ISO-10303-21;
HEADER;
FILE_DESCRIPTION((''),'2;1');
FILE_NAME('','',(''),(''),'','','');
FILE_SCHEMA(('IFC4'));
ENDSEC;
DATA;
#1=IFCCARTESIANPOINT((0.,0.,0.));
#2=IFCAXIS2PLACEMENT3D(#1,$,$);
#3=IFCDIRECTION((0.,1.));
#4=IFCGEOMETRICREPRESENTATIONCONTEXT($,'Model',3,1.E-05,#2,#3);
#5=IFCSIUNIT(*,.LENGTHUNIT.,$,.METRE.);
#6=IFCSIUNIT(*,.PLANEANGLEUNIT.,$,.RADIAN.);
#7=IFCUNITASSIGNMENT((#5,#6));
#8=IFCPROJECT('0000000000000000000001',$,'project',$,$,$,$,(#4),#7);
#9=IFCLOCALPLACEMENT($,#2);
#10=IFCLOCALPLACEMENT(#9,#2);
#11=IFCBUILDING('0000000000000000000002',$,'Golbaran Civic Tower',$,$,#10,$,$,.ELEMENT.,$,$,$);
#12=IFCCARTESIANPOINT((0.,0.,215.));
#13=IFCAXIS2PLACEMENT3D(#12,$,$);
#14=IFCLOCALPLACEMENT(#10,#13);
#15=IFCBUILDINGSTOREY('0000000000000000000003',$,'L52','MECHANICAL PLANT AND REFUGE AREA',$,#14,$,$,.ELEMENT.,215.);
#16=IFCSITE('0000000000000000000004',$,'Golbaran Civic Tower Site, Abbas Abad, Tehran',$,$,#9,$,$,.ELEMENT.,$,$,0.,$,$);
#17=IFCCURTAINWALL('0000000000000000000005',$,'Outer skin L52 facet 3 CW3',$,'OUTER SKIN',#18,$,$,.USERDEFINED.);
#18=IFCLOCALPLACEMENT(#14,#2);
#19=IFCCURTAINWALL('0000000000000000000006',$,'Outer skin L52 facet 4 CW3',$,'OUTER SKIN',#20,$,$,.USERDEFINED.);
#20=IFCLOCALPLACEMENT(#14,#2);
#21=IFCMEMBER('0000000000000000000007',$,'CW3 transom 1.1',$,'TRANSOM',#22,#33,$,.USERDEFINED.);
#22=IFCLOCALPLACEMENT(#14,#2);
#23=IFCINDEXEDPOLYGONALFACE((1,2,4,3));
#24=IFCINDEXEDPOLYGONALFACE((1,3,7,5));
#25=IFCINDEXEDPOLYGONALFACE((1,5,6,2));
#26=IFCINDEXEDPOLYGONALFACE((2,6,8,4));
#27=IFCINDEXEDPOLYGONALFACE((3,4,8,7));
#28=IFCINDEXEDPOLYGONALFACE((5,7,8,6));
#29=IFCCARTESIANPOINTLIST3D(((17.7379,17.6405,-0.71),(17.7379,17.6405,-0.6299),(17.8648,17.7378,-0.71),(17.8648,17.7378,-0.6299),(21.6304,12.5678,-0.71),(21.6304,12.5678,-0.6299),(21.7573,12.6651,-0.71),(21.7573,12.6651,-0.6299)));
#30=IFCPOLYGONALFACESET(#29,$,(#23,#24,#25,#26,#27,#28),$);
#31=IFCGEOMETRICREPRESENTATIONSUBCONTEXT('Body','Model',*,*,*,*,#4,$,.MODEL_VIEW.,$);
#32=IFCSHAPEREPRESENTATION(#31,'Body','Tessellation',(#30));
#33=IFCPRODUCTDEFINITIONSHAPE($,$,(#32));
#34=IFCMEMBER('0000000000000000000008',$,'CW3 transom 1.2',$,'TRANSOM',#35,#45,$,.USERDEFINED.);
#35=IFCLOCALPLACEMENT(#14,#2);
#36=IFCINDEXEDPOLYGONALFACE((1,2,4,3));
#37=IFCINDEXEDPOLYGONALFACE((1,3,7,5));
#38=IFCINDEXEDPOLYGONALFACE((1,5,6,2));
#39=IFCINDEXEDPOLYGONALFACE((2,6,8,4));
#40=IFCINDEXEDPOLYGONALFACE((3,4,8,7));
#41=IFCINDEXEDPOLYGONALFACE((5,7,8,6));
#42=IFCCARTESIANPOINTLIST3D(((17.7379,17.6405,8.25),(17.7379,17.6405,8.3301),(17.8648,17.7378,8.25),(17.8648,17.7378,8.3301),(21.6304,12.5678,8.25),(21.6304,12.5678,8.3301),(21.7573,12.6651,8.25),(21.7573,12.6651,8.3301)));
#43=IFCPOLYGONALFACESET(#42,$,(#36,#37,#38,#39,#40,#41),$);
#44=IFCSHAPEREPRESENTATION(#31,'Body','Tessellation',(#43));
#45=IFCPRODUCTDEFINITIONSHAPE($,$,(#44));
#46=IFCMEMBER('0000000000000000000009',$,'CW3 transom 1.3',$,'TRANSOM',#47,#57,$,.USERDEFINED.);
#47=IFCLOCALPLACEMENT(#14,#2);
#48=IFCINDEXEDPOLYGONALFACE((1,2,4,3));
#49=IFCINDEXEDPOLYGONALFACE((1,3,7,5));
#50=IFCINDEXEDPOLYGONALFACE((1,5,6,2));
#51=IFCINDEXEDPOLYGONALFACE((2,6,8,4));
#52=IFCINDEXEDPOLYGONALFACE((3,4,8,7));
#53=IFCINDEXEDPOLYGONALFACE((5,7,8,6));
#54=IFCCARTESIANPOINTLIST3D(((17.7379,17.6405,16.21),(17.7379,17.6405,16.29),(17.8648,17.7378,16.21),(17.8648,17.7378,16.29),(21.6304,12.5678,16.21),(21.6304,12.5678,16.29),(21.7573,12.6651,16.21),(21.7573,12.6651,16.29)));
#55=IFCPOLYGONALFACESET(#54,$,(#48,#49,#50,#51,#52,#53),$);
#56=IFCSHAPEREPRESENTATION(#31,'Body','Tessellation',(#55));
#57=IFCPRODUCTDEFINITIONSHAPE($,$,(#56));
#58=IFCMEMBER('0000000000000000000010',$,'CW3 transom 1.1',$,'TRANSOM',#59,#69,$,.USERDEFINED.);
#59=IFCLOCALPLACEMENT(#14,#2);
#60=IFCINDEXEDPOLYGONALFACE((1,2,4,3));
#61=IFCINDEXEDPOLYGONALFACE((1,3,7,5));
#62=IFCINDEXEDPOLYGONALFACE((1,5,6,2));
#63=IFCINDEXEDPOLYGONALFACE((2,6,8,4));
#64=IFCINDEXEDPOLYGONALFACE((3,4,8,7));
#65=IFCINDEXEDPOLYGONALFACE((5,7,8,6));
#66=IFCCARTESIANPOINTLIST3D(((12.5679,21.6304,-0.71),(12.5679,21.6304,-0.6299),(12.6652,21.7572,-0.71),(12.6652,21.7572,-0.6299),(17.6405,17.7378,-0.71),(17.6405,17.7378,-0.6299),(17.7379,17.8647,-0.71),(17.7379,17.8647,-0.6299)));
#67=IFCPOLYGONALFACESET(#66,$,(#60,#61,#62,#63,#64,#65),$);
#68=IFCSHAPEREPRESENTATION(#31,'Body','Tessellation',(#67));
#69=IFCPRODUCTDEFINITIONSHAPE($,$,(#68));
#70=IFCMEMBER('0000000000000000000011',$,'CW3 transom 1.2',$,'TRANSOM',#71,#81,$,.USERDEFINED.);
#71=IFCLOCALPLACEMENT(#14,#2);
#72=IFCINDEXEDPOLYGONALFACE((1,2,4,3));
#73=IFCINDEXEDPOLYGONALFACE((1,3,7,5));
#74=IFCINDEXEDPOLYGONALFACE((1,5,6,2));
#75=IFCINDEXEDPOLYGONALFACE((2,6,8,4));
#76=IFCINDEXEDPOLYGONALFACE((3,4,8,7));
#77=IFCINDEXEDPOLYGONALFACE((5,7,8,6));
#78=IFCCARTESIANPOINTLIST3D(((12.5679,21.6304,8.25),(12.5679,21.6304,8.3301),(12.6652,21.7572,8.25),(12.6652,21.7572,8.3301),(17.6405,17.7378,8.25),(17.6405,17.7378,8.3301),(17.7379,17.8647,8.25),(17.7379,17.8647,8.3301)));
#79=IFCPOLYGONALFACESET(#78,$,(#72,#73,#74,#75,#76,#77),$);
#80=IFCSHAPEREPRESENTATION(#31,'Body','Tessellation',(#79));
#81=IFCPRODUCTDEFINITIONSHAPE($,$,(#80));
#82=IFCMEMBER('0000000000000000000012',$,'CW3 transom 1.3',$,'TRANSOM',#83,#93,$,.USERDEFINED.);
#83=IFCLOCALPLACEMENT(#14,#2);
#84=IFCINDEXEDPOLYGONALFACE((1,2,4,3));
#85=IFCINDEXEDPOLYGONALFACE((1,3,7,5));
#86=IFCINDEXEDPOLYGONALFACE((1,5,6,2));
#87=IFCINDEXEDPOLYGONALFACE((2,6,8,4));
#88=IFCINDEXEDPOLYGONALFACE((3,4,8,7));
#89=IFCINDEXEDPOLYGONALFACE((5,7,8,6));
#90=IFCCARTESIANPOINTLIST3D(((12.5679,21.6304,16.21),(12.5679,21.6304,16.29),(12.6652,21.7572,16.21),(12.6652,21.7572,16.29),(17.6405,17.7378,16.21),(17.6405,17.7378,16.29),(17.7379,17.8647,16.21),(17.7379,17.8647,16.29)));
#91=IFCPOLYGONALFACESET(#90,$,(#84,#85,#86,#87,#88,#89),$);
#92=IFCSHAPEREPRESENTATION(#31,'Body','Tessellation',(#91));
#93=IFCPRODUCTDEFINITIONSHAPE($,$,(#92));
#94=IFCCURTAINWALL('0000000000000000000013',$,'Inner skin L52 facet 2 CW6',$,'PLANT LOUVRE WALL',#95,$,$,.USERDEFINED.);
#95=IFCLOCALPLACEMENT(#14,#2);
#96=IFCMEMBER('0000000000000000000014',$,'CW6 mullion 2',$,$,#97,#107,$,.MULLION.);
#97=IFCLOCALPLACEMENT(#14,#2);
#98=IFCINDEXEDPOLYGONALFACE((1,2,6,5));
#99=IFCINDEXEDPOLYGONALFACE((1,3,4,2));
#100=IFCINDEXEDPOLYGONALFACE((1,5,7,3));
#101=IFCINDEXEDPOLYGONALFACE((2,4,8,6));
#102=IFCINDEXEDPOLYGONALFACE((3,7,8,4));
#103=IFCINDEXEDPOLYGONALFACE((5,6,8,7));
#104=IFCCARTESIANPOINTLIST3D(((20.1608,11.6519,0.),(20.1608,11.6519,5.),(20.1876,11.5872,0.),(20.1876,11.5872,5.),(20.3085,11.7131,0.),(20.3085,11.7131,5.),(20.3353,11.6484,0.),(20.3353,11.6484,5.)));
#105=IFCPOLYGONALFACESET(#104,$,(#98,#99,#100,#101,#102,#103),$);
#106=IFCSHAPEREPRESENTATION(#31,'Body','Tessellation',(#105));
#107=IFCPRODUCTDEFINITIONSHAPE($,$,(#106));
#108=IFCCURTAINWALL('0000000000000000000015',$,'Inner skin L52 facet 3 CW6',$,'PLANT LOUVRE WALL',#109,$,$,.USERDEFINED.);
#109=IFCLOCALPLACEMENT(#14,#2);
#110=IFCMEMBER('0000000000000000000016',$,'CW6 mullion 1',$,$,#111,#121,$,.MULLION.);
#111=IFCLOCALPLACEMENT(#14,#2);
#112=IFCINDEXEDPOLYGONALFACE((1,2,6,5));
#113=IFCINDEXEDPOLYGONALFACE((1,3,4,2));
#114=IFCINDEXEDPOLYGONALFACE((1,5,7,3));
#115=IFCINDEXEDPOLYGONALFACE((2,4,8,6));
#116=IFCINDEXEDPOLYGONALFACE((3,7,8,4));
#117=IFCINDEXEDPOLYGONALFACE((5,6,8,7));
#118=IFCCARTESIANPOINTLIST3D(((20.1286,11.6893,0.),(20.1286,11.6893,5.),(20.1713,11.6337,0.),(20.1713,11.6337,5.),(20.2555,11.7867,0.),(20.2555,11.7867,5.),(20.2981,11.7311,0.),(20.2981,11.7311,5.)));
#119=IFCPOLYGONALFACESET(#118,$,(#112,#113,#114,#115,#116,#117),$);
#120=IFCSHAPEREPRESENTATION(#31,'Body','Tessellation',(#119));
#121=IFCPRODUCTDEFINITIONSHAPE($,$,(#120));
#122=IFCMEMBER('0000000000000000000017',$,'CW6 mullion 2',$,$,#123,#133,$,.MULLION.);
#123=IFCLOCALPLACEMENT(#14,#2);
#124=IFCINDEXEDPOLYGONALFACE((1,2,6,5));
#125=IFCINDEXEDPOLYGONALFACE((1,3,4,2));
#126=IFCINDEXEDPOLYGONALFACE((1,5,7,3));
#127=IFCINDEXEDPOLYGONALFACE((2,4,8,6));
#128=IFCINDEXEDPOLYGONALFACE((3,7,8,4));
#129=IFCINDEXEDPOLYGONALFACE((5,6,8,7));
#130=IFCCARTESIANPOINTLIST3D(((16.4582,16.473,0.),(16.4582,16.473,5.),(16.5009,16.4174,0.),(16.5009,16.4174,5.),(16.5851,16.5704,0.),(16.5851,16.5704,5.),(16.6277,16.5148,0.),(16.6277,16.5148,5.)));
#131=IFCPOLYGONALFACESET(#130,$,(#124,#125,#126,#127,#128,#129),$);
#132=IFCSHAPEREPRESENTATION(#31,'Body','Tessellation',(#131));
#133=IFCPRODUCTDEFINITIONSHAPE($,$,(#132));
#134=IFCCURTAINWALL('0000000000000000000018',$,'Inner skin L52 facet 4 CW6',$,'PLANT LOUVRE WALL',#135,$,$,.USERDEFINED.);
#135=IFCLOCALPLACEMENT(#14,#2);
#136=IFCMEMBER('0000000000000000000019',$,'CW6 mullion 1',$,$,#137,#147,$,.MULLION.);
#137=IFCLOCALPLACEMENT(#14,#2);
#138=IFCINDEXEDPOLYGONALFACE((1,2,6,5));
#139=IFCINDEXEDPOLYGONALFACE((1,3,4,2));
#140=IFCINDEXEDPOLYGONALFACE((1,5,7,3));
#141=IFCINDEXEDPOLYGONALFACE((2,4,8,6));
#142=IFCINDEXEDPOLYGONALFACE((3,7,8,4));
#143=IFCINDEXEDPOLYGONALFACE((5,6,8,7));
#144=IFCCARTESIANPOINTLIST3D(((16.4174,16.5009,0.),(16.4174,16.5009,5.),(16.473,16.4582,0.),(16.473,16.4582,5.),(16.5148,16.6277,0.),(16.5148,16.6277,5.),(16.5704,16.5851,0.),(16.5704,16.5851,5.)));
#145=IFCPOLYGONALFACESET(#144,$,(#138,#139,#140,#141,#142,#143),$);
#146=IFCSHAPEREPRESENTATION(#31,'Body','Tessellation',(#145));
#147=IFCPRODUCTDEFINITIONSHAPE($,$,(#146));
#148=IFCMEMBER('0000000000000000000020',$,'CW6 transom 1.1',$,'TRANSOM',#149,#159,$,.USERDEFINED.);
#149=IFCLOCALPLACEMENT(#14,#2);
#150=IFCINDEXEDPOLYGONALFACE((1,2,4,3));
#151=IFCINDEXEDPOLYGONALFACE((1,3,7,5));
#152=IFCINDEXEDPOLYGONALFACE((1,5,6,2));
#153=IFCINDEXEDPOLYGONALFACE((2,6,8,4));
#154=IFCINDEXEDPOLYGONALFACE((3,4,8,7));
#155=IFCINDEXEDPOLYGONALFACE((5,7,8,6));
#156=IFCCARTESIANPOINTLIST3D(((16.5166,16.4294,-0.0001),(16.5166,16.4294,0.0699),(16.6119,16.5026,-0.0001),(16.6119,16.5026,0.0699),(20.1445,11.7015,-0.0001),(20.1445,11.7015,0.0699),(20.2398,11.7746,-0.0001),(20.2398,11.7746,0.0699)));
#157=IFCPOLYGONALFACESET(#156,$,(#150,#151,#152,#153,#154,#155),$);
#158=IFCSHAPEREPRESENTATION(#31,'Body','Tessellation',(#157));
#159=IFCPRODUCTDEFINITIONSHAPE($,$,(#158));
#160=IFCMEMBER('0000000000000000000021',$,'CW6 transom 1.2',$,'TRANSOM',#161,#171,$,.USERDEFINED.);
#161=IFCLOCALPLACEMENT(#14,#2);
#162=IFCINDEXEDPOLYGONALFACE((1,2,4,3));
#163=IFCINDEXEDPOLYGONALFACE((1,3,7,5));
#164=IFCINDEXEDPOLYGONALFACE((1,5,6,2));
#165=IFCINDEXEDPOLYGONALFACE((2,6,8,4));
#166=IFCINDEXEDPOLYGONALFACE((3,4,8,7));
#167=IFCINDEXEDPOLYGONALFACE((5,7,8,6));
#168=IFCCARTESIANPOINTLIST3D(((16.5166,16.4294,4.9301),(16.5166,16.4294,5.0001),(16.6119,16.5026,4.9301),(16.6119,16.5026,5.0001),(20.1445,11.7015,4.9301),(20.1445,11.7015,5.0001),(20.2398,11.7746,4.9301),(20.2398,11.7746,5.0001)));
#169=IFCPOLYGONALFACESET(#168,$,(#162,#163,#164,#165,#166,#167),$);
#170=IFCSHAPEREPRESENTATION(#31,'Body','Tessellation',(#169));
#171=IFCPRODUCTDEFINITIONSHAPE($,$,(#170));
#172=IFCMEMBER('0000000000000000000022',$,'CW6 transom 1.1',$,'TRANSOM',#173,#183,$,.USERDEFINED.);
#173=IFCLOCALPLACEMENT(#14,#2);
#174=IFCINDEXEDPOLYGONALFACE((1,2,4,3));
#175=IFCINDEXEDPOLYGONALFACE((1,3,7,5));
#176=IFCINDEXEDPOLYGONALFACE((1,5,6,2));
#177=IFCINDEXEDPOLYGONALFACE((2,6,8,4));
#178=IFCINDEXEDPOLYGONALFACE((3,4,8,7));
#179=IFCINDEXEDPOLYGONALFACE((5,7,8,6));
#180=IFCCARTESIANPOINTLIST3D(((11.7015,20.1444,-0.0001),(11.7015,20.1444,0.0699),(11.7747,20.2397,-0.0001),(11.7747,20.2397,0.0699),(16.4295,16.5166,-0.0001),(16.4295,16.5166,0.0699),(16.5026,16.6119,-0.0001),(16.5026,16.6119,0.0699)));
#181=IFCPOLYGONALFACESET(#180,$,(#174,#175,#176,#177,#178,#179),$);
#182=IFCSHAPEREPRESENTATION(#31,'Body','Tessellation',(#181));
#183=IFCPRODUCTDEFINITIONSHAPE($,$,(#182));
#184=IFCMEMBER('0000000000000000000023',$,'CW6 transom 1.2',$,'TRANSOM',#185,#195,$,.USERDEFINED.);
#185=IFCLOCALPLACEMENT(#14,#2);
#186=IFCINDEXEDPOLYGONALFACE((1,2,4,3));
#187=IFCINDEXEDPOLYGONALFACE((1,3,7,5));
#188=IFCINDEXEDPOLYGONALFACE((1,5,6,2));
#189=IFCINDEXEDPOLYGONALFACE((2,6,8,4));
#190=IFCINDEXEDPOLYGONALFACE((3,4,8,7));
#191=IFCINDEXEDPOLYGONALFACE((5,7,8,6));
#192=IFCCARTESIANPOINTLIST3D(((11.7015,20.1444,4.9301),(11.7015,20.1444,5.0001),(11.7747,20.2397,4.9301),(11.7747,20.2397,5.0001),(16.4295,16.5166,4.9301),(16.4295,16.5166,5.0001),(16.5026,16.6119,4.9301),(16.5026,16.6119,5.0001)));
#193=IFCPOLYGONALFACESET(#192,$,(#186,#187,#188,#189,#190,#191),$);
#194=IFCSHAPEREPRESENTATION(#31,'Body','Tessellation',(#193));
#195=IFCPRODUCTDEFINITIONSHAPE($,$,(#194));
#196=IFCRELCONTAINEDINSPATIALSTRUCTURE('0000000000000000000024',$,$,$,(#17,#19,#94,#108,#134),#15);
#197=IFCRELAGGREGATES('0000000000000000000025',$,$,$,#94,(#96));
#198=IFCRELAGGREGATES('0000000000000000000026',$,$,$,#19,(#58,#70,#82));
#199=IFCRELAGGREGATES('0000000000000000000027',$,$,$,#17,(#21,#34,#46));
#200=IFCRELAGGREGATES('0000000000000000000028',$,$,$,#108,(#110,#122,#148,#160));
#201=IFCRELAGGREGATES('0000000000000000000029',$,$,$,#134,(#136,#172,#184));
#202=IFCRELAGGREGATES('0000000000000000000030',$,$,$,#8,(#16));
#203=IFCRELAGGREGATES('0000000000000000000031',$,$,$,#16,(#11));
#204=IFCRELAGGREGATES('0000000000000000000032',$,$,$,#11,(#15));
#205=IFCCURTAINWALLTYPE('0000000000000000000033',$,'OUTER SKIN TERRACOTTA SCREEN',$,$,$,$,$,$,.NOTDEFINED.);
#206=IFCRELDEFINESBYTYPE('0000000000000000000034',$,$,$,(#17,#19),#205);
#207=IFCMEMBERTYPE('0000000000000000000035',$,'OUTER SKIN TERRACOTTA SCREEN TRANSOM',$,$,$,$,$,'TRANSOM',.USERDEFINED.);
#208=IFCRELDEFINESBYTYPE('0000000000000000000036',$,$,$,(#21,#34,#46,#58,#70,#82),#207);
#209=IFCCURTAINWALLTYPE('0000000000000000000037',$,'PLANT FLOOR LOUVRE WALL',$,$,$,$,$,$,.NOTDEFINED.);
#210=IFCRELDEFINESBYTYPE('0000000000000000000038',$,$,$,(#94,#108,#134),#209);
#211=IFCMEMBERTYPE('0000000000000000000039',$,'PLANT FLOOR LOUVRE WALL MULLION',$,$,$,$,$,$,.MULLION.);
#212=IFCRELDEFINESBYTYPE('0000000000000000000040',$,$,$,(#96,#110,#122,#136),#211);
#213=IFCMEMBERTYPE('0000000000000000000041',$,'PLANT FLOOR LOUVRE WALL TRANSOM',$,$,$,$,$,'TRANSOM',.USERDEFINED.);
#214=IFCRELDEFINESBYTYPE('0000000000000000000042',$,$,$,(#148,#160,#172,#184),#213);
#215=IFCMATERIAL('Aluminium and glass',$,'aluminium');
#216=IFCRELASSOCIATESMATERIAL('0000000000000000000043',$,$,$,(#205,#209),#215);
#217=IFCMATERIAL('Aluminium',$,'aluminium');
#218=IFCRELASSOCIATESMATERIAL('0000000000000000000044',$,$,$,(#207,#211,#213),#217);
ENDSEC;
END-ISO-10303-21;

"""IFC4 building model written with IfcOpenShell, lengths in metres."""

from ifc_helpers import new_model, si_unit, direction, frame, origin, origin_2d, place, context, subcontext, project, spatial, rectangle, extrude, material, material_profile, profile_set, type_object, element, aggregate, save


model = new_model("IFC4")

# Units and contexts
model_context = context("Model", 3, precision=1e-05, world=origin(), true_north=direction((0.0, 1.0)))
body_context = subcontext(model_context, "Body", "Model", "MODEL_VIEW")
ifc_project = project(units=[si_unit("LENGTHUNIT", "METRE"), si_unit("PLANEANGLEUNIT", "RADIAN")], contexts=[model_context])

# Site, building, storey
site_placement = place(None, origin())
site = spatial("IfcSite", under=ifc_project, at=site_placement, Name="Golbaran Civic Tower Site, Abbas Abad, Tehran", CompositionType="ELEMENT", RefElevation=0.0)
building_placement = place(site_placement, origin())
building = spatial("IfcBuilding", under=site, at=building_placement, Name="Golbaran Civic Tower", CompositionType="ELEMENT")
storey_placement = place(building_placement, frame((0.0, 0.0, 215.0)))
storey = spatial("IfcBuildingStorey", under=building, at=storey_placement, Name="L52", Description="MECHANICAL PLANT AND REFUGE AREA", CompositionType="ELEMENT", Elevation=215.0)

# Shared definitions
ifc_material_1 = material(Name="Aluminium and glass", Category="aluminium")
curtain_wall_type_1 = type_object("IfcCurtainWallType", Name="OUTER SKIN TERRACOTTA SCREEN", PredefinedType="NOTDEFINED", material=ifc_material_1)
ifc_material_2 = material(Name="Aluminium", Category="aluminium")

# Curtain wall
curtain_wall_1_placement = place(storey_placement, origin())
curtain_wall_1 = element("IfcCurtainWall", 1, at=curtain_wall_1_placement, inside=storey, type_object=curtain_wall_type_1, Name="Outer skin L52 facet 3 CW3", ObjectType="OUTER SKIN", PredefinedType="USERDEFINED")

# Curtain wall
curtain_wall_2_placement = place(storey_placement, origin())
curtain_wall_2 = element("IfcCurtainWall", 2, at=curtain_wall_2_placement, inside=storey, type_object=curtain_wall_type_1, Name="Outer skin L52 facet 4 CW3", ObjectType="OUTER SKIN", PredefinedType="USERDEFINED")

# Members
ifc_material_profile_1 = material_profile(ifc_material_2, rectangle(XDim=0.1599, YDim=0.0801, at=origin_2d()), Name="OUTER SKIN TERRACOTTA SCREEN TRANSOM")
ifc_profile_set_1 = profile_set([ifc_material_profile_1], Name="Aluminium")
member_type_1 = type_object("IfcMemberType", Name="OUTER SKIN TERRACOTTA SCREEN TRANSOM", ElementType="TRANSOM", PredefinedType="USERDEFINED", material=ifc_profile_set_1)
member_1_placement = place(storey_placement, frame((21.6938, 12.6165, -0.6699), z_axis=(-0.608773, 0.793344, 0.0), x_axis=(-0.793344, -0.608773, 0.0)))
member_1 = element("IfcMember", 3, at=member_1_placement, type_object=member_type_1, Name="CW3 transom 1.1", ObjectType="TRANSOM", PredefinedType="USERDEFINED", context=body_context, shape_type="SweptSolid", body=[
    extrude(rectangle(XDim=0.1599, YDim=0.0801, at=origin_2d()), origin(), (0.0, 0.0, 1.0), 6.394),
])
member_2_placement = place(storey_placement, frame((21.6938, 12.6165, 8.29), z_axis=(-0.608773, 0.793344, 0.0), x_axis=(-0.793344, -0.608773, 0.0)))
member_2 = element("IfcMember", 4, at=member_2_placement, type_object=member_type_1, Name="CW3 transom 1.2", ObjectType="TRANSOM", PredefinedType="USERDEFINED", context=body_context, shape_type="SweptSolid", body=[
    extrude(rectangle(XDim=0.1599, YDim=0.0801, at=origin_2d()), origin(), (0.0, 0.0, 1.0), 6.394),
])
member_3_placement = place(storey_placement, frame((21.6938, 12.6165, 16.25), z_axis=(-0.608773, 0.793344, 0.0), x_axis=(-0.793344, -0.608773, 0.0)))
member_3 = element("IfcMember", 5, at=member_3_placement, type_object=member_type_1, Name="CW3 transom 1.3", ObjectType="TRANSOM", PredefinedType="USERDEFINED", context=body_context, shape_type="SweptSolid", body=[
    extrude(rectangle(XDim=0.1599, YDim=0.0801, at=origin_2d()), origin(), (0.0, 0.0, 1.0), 6.394),
])
member_4_placement = place(storey_placement, frame((17.6892, 17.8013, -0.6699), z_axis=(-0.793344, 0.608773, 0.0), x_axis=(-0.608773, -0.793344, 0.0)))
member_4 = element("IfcMember", 6, at=member_4_placement, type_object=member_type_1, Name="CW3 transom 1.1", ObjectType="TRANSOM", PredefinedType="USERDEFINED", context=body_context, shape_type="SweptSolid", body=[
    extrude(rectangle(XDim=0.1599, YDim=0.0801, at=origin_2d()), origin(), (0.0, 0.0, 1.0), 6.394),
])
member_5_placement = place(storey_placement, frame((17.6892, 17.8013, 8.29), z_axis=(-0.793344, 0.608773, 0.0), x_axis=(-0.608773, -0.793344, 0.0)))
member_5 = element("IfcMember", 7, at=member_5_placement, type_object=member_type_1, Name="CW3 transom 1.2", ObjectType="TRANSOM", PredefinedType="USERDEFINED", context=body_context, shape_type="SweptSolid", body=[
    extrude(rectangle(XDim=0.1599, YDim=0.0801, at=origin_2d()), origin(), (0.0, 0.0, 1.0), 6.394),
])
member_6_placement = place(storey_placement, frame((17.6892, 17.8013, 16.25), z_axis=(-0.793344, 0.608773, 0.0), x_axis=(-0.608773, -0.793344, 0.0)))
member_6 = element("IfcMember", 8, at=member_6_placement, type_object=member_type_1, Name="CW3 transom 1.3", ObjectType="TRANSOM", PredefinedType="USERDEFINED", context=body_context, shape_type="SweptSolid", body=[
    extrude(rectangle(XDim=0.1599, YDim=0.0801, at=origin_2d()), origin(), (0.0, 0.0, 1.0), 6.394),
])

# Curtain wall, member
curtain_wall_type_2 = type_object("IfcCurtainWallType", Name="PLANT FLOOR LOUVRE WALL", PredefinedType="NOTDEFINED", material=ifc_material_1)
curtain_wall_3_placement = place(storey_placement, origin())
curtain_wall_3 = element("IfcCurtainWall", 9, at=curtain_wall_3_placement, inside=storey, type_object=curtain_wall_type_2, Name="Inner skin L52 facet 2 CW6", ObjectType="PLANT LOUVRE WALL", PredefinedType="USERDEFINED")
ifc_material_profile_2 = material_profile(ifc_material_2, rectangle(XDim=0.1599, YDim=0.0701, at=origin_2d()), Name="PLANT FLOOR LOUVRE WALL MULLION")
ifc_profile_set_2 = profile_set([ifc_material_profile_2], Name="Aluminium")
member_type_2 = type_object("IfcMemberType", Name="PLANT FLOOR LOUVRE WALL MULLION", PredefinedType="MULLION", material=ifc_profile_set_2)
member_7_placement = place(storey_placement, frame((20.248, 11.6501, 0.0), z_axis=(0.0, 0.0, 1.0), x_axis=(-0.92388, -0.382683, 0.0)))
member_7 = element("IfcMember", 10, at=member_7_placement, type_object=member_type_2, Name="CW6 mullion 2", PredefinedType="MULLION", context=body_context, shape_type="SweptSolid", body=[
    extrude(rectangle(XDim=0.1599, YDim=0.0701, at=origin_2d()), origin(), (0.0, 0.0, 1.0), 5.0),
])
aggregate(curtain_wall_3, [member_7])

# Curtain wall, members
curtain_wall_4_placement = place(storey_placement, origin())
curtain_wall_4 = element("IfcCurtainWall", 11, at=curtain_wall_4_placement, inside=storey, type_object=curtain_wall_type_2, Name="Inner skin L52 facet 3 CW6", ObjectType="PLANT LOUVRE WALL", PredefinedType="USERDEFINED")
member_8_placement = place(storey_placement, frame((20.2134, 11.7102, 0.0), z_axis=(0.0, 0.0, 1.0), x_axis=(-0.793353, -0.608761, 0.0)))
member_8 = element("IfcMember", 12, at=member_8_placement, type_object=member_type_2, Name="CW6 mullion 1", PredefinedType="MULLION", context=body_context, shape_type="SweptSolid", body=[
    extrude(rectangle(XDim=0.1599, YDim=0.0701, at=origin_2d()), origin(), (0.0, 0.0, 1.0), 5.0),
])
member_9_placement = place(storey_placement, frame((16.543, 16.4939, 0.0), z_axis=(0.0, 0.0, 1.0), x_axis=(-0.793353, -0.608761, 0.0)))
member_9 = element("IfcMember", 13, at=member_9_placement, type_object=member_type_2, Name="CW6 mullion 2", PredefinedType="MULLION", context=body_context, shape_type="SweptSolid", body=[
    extrude(rectangle(XDim=0.1599, YDim=0.0701, at=origin_2d()), origin(), (0.0, 0.0, 1.0), 5.0),
])

# Curtain wall, member
curtain_wall_5_placement = place(storey_placement, origin())
curtain_wall_5 = element("IfcCurtainWall", 14, at=curtain_wall_5_placement, inside=storey, type_object=curtain_wall_type_2, Name="Inner skin L52 facet 4 CW6", ObjectType="PLANT LOUVRE WALL", PredefinedType="USERDEFINED")
member_10_placement = place(storey_placement, frame((16.4939, 16.543, 0.0), z_axis=(0.0, 0.0, 1.0), x_axis=(-0.608761, -0.793353, 0.0)))
member_10 = element("IfcMember", 15, at=member_10_placement, type_object=member_type_2, Name="CW6 mullion 1", PredefinedType="MULLION", context=body_context, shape_type="SweptSolid", body=[
    extrude(rectangle(XDim=0.1599, YDim=0.0701, at=origin_2d()), origin(), (0.0, 0.0, 1.0), 5.0),
])

# Members
ifc_material_profile_3 = material_profile(ifc_material_2, rectangle(XDim=0.1201, YDim=0.0701, at=origin_2d()), Name="PLANT FLOOR LOUVRE WALL TRANSOM")
ifc_profile_set_3 = profile_set([ifc_material_profile_3], Name="Aluminium")
member_type_3 = type_object("IfcMemberType", Name="PLANT FLOOR LOUVRE WALL TRANSOM", ElementType="TRANSOM", PredefinedType="USERDEFINED", material=ifc_profile_set_3)
member_11_placement = place(storey_placement, frame((20.1921, 11.738, 0.0349), z_axis=(-0.60876, 0.793354, 0.0), x_axis=(-0.793354, -0.60876, 0.0)))
member_11 = element("IfcMember", 16, at=member_11_placement, type_object=member_type_3, Name="CW6 transom 1.1", ObjectType="TRANSOM", PredefinedType="USERDEFINED", context=body_context, shape_type="SweptSolid", body=[
    extrude(rectangle(XDim=0.1201, YDim=0.0701, at=origin_2d()), origin(), (0.0, 0.0, 1.0), 5.9595),
])
member_12_placement = place(storey_placement, frame((20.1921, 11.738, 4.9651), z_axis=(-0.60876, 0.793354, 0.0), x_axis=(-0.793354, -0.60876, 0.0)))
member_12 = element("IfcMember", 17, at=member_12_placement, type_object=member_type_3, Name="CW6 transom 1.2", ObjectType="TRANSOM", PredefinedType="USERDEFINED", context=body_context, shape_type="SweptSolid", body=[
    extrude(rectangle(XDim=0.1201, YDim=0.0701, at=origin_2d()), origin(), (0.0, 0.0, 1.0), 5.9595),
])
member_13_placement = place(storey_placement, frame((16.4661, 16.5642, 0.0349), z_axis=(-0.793354, 0.60876, 0.0), x_axis=(-0.60876, -0.793354, 0.0)))
member_13 = element("IfcMember", 18, at=member_13_placement, type_object=member_type_3, Name="CW6 transom 1.1", ObjectType="TRANSOM", PredefinedType="USERDEFINED", context=body_context, shape_type="SweptSolid", body=[
    extrude(rectangle(XDim=0.1201, YDim=0.0701, at=origin_2d()), origin(), (0.0, 0.0, 1.0), 5.9595),
])
member_14_placement = place(storey_placement, frame((16.4661, 16.5642, 4.9651), z_axis=(-0.793354, 0.60876, 0.0), x_axis=(-0.60876, -0.793354, 0.0)))
member_14 = element("IfcMember", 19, at=member_14_placement, type_object=member_type_3, Name="CW6 transom 1.2", ObjectType="TRANSOM", PredefinedType="USERDEFINED", context=body_context, shape_type="SweptSolid", body=[
    extrude(rectangle(XDim=0.1201, YDim=0.0701, at=origin_2d()), origin(), (0.0, 0.0, 1.0), 5.9595),
])

aggregate(curtain_wall_2, [member_4, member_5, member_6])
aggregate(curtain_wall_1, [member_1, member_2, member_3])
aggregate(curtain_wall_4, [member_8, member_9, member_11, member_12])
aggregate(curtain_wall_5, [member_10, member_13, member_14])

save(model, "model.ifc")
